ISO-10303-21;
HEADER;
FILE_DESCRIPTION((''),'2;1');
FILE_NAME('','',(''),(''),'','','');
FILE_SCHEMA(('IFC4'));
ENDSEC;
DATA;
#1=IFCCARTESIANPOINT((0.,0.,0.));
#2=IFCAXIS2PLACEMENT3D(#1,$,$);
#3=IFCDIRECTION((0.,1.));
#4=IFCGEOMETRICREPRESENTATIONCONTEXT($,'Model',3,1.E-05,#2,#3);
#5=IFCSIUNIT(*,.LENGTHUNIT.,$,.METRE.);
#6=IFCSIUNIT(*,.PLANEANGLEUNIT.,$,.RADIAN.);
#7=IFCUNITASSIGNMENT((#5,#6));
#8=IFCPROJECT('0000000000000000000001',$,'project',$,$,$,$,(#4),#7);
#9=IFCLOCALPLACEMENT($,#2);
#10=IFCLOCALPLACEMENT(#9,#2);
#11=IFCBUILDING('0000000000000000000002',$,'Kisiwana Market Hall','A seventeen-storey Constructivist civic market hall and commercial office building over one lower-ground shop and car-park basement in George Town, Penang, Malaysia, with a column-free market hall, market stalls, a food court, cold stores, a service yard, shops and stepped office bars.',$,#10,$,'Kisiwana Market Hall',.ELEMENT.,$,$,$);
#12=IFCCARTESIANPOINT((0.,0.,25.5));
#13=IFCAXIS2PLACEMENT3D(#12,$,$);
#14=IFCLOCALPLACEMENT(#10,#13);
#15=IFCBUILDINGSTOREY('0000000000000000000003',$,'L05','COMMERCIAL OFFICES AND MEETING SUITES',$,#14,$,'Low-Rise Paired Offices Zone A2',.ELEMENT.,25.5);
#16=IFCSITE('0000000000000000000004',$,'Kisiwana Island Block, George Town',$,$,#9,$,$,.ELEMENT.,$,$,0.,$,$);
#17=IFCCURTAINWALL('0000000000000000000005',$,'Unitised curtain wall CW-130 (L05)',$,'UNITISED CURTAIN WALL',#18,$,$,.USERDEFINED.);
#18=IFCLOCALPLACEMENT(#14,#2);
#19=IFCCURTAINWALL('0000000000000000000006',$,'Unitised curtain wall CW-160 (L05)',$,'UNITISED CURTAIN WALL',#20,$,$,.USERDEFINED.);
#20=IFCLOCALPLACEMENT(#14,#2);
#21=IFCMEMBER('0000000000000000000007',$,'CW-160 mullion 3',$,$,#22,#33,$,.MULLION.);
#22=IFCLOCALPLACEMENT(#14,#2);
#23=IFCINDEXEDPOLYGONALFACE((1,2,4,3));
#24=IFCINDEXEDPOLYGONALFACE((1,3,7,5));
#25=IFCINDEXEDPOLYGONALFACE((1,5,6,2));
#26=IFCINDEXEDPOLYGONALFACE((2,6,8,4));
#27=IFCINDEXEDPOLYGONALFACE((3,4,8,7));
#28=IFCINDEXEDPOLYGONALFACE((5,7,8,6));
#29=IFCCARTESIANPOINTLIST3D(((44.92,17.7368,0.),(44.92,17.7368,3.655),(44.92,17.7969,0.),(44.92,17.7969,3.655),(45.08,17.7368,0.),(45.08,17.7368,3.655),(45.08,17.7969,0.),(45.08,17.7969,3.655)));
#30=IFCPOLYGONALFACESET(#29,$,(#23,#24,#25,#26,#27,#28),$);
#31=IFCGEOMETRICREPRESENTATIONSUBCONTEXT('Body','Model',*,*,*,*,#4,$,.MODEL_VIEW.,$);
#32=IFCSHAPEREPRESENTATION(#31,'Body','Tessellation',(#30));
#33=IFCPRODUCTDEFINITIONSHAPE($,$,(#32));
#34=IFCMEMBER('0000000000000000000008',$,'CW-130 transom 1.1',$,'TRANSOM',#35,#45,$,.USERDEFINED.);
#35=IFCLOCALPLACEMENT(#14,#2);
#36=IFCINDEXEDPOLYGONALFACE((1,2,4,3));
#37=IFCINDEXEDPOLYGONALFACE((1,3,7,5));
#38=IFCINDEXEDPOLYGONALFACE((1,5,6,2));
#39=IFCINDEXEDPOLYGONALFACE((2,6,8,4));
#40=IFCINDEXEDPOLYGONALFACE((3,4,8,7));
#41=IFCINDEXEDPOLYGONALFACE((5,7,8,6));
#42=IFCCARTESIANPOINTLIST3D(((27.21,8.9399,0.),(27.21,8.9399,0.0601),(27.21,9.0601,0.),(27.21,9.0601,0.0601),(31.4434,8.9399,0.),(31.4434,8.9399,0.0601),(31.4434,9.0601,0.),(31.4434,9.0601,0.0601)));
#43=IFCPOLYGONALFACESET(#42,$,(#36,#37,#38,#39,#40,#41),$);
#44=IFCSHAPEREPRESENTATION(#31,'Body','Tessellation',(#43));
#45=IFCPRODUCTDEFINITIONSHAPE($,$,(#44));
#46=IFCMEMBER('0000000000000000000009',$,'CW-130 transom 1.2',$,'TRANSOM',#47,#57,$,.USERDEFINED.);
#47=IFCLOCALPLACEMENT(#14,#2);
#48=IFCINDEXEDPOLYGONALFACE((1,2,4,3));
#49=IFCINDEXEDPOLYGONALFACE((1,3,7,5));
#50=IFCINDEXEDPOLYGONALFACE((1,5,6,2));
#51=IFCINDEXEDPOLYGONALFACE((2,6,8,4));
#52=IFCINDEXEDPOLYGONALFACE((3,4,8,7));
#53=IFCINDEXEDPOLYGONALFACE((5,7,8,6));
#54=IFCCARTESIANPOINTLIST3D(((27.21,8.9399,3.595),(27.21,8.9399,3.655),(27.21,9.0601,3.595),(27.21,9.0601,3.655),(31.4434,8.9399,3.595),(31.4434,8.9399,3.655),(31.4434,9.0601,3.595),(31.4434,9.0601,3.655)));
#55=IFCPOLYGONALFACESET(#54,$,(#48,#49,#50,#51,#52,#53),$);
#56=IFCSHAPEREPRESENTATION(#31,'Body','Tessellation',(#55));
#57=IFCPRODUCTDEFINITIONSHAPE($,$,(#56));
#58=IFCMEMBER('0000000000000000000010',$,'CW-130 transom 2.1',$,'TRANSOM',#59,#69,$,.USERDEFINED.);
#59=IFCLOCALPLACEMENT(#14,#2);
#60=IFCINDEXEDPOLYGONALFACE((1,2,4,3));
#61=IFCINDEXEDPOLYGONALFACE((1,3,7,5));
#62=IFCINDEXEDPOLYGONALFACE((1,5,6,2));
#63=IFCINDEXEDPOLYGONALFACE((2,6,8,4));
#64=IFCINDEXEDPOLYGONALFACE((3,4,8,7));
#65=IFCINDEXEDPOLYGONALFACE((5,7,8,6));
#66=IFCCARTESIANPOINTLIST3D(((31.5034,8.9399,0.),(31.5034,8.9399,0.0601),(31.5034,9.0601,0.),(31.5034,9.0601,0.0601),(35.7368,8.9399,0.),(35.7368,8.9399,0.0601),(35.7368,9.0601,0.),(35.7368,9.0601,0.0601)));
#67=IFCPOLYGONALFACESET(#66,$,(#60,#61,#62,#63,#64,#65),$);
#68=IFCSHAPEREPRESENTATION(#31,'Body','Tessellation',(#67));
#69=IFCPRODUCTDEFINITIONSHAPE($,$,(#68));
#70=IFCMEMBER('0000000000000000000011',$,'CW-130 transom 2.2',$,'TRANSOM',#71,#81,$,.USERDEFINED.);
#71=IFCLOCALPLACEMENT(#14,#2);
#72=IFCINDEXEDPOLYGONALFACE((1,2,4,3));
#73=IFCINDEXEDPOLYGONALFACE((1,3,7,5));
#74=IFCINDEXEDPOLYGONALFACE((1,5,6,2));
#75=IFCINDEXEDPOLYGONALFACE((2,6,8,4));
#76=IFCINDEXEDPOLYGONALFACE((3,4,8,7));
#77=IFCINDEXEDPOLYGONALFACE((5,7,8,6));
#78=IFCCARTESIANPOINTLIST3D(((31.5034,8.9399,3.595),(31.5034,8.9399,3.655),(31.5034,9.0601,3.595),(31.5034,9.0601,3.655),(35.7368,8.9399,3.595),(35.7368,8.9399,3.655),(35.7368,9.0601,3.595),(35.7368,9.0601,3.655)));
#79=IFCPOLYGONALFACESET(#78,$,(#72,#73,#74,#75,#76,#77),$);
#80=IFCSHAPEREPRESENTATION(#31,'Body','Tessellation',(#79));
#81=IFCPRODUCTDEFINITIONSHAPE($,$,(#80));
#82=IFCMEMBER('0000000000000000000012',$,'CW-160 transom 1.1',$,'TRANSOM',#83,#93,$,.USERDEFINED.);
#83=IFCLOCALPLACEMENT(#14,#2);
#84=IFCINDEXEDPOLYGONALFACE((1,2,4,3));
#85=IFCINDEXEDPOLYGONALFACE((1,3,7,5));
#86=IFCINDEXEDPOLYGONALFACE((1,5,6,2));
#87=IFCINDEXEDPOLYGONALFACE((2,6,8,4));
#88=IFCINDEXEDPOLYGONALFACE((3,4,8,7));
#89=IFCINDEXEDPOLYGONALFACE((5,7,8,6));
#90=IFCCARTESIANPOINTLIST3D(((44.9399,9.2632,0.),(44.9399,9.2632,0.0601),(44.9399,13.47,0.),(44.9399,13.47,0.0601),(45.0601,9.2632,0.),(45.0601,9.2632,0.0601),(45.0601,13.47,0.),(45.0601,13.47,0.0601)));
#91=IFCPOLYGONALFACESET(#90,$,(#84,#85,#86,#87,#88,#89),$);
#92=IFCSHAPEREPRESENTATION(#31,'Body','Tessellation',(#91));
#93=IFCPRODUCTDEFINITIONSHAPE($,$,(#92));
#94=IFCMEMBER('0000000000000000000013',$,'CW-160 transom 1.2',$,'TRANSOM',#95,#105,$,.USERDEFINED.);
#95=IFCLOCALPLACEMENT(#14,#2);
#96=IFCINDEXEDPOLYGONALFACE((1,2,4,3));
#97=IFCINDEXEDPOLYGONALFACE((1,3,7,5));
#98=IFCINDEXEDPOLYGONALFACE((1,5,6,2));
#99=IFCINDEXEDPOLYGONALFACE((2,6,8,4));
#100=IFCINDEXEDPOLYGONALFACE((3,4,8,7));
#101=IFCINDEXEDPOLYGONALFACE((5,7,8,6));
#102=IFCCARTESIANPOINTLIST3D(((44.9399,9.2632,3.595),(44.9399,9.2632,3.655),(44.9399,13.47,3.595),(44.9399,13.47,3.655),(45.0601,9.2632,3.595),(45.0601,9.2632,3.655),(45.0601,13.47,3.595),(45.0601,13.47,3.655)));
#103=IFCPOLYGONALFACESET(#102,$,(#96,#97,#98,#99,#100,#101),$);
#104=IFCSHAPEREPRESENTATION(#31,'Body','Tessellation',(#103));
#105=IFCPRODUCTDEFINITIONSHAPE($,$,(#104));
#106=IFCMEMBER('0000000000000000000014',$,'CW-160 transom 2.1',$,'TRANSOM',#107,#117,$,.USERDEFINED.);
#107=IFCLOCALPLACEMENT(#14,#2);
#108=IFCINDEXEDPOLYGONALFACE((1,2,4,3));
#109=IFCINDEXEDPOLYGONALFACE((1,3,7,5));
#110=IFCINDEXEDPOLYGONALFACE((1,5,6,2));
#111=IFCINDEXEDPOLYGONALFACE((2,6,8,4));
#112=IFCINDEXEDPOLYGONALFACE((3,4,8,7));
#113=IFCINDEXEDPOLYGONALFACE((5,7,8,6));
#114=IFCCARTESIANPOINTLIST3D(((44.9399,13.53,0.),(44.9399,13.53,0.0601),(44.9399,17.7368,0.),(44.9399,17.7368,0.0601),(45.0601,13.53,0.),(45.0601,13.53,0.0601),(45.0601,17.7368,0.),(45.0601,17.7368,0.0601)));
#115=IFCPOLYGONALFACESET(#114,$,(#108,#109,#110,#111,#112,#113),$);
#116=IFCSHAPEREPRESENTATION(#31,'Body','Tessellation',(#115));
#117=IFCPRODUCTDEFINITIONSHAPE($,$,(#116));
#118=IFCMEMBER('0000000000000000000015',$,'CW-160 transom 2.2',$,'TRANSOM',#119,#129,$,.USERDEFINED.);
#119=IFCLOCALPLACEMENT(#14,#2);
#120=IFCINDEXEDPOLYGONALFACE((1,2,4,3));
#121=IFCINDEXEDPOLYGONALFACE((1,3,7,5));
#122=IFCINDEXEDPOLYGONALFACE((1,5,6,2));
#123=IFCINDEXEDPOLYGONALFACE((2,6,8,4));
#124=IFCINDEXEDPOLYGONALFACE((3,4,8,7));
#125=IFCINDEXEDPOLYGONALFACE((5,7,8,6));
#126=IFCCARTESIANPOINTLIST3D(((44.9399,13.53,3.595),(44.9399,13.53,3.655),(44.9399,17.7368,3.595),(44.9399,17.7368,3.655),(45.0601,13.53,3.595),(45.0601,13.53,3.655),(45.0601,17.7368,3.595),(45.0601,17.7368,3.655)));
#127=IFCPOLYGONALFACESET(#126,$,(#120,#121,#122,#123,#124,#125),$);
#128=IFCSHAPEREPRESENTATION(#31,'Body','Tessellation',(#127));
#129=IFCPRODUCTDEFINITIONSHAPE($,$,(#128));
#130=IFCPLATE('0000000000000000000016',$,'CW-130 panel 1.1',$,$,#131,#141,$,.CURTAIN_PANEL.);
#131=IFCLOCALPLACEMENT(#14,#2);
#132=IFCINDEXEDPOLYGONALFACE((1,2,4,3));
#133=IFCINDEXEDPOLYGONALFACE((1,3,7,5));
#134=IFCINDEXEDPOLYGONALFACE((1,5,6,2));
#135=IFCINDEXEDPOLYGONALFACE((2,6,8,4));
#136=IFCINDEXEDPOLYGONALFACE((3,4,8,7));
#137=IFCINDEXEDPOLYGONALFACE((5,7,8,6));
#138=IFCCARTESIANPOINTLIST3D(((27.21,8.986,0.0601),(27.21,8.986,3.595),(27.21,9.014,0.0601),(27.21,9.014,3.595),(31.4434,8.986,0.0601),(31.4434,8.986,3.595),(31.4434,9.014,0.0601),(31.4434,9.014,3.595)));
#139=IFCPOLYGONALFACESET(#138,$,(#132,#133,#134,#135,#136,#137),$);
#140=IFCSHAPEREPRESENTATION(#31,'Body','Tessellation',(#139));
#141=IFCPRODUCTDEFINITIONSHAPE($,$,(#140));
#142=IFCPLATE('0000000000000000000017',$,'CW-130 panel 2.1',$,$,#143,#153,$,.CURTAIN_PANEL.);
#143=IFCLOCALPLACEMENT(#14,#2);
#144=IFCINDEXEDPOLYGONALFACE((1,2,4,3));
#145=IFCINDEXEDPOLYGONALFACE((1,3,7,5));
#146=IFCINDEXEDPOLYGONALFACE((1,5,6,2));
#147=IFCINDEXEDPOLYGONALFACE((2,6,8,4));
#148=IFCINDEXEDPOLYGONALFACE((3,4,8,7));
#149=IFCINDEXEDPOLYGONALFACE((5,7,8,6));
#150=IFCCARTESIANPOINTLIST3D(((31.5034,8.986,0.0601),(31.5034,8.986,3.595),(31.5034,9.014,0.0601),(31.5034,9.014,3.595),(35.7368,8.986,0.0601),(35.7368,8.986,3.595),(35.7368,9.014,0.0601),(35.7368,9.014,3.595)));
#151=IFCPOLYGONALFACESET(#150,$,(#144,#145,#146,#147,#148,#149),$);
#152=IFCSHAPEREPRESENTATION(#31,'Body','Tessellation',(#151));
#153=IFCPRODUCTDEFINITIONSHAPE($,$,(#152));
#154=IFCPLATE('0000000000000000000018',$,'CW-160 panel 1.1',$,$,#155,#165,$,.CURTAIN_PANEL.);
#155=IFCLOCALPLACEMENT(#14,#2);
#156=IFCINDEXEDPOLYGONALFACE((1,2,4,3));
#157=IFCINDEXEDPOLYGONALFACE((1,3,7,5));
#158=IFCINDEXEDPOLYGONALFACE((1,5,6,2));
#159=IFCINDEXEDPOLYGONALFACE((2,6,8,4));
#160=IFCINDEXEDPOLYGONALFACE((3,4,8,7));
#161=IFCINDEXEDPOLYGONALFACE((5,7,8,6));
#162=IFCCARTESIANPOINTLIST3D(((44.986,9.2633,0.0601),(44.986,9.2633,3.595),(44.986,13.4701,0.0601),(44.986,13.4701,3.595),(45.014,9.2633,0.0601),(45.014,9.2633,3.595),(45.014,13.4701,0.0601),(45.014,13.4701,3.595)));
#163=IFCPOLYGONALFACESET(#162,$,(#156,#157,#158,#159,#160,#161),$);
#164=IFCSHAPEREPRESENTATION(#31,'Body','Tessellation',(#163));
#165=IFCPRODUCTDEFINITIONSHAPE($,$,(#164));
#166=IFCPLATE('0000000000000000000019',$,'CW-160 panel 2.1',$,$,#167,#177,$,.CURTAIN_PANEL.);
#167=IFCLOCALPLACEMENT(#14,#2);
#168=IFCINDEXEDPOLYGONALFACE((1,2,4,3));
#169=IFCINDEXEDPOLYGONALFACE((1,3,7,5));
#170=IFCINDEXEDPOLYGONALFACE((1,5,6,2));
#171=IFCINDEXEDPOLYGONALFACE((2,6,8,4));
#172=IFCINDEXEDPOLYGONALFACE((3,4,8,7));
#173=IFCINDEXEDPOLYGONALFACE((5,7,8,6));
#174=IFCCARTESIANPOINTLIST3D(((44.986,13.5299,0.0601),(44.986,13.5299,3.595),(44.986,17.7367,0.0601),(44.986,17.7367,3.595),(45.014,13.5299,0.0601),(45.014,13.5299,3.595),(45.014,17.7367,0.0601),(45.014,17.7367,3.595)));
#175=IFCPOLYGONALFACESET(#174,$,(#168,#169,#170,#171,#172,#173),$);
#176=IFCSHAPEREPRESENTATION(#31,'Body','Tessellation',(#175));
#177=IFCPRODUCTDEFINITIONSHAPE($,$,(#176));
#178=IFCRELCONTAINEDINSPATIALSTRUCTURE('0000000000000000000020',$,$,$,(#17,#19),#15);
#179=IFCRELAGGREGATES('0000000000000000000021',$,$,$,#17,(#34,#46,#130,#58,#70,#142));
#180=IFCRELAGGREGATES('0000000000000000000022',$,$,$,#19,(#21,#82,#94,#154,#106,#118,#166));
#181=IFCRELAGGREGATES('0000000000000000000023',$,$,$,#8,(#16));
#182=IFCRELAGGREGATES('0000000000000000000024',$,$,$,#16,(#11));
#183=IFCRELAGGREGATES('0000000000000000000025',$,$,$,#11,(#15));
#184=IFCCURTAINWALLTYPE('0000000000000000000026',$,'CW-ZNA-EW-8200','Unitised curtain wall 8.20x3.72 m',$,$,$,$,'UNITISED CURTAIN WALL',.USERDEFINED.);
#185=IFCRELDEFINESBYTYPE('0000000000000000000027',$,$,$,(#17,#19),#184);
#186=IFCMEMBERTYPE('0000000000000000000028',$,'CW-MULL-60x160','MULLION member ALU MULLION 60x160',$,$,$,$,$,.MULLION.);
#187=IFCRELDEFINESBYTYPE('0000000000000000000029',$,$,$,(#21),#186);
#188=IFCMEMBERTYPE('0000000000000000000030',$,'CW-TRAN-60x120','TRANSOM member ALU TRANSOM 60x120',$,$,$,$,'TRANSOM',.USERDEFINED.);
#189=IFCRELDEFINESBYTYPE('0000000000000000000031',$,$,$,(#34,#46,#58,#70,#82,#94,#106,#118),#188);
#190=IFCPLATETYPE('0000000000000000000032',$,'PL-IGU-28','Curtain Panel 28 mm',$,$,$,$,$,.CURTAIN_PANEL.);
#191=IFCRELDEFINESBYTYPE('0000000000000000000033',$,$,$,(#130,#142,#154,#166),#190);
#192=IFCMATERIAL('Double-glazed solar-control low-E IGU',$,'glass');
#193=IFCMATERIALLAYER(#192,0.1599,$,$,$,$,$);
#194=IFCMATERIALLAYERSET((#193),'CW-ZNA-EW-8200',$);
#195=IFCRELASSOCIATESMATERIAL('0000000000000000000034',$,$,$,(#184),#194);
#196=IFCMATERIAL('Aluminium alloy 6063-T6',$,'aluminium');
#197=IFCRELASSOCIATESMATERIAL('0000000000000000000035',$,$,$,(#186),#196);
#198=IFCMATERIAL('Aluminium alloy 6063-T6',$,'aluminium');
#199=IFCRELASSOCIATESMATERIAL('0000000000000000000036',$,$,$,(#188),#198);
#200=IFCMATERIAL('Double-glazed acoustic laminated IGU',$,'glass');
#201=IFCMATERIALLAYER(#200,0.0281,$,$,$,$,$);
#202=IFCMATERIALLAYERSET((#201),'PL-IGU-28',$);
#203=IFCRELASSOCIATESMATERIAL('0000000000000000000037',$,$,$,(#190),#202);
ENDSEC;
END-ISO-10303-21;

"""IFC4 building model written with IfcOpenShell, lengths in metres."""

from ifc_helpers import new_model, si_unit, direction, frame, origin, origin_2d, place, context, subcontext, project, spatial, rectangle, extrude, material, layer, layer_set, material_profile, profile_set, type_object, element, aggregate, save


model = new_model("IFC4")

# Units and contexts
model_context = context("Model", 3, precision=1e-05, world=origin(), true_north=direction((0.0, 1.0)))
body_context = subcontext(model_context, "Body", "Model", "MODEL_VIEW")
ifc_project = project(units=[si_unit("LENGTHUNIT", "METRE"), si_unit("PLANEANGLEUNIT", "RADIAN")], contexts=[model_context])

# Site, building, storey
site_placement = place(None, origin())
site = spatial("IfcSite", under=ifc_project, at=site_placement, Name="Kisiwana Island Block, George Town", CompositionType="ELEMENT", RefElevation=0.0)
building_placement = place(site_placement, origin())
building = spatial("IfcBuilding", under=site, at=building_placement, Name="Kisiwana Market Hall", Description="A seventeen-storey Constructivist civic market hall and commercial office building over one lower-ground shop and car-park basement in George Town, Penang, Malaysia, with a column-free market hall, market stalls, a food court, cold stores, a service yard, shops and stepped office bars.", LongName="Kisiwana Market Hall", CompositionType="ELEMENT")
storey_placement = place(building_placement, frame((0.0, 0.0, 25.5)))
storey = spatial("IfcBuildingStorey", under=building, at=storey_placement, Name="L05", Description="COMMERCIAL OFFICES AND MEETING SUITES", LongName="Low-Rise Paired Offices Zone A2", CompositionType="ELEMENT", Elevation=25.5)

# Curtain walls, member
ifc_material_1 = material(Name="Double-glazed solar-control low-E IGU", Category="glass")
ifc_layer_1 = layer(ifc_material_1, 0.1599)
ifc_layer_set_1 = layer_set([ifc_layer_1], Name="CW-ZNA-EW-8200")
curtain_wall_type = type_object("IfcCurtainWallType", Name="CW-ZNA-EW-8200", Description="Unitised curtain wall 8.20x3.72 m", ElementType="UNITISED CURTAIN WALL", PredefinedType="USERDEFINED", material=ifc_layer_set_1)
curtain_wall_1_placement = place(storey_placement, origin())
curtain_wall_1 = element("IfcCurtainWall", 1, at=curtain_wall_1_placement, inside=storey, type_object=curtain_wall_type, Name="Unitised curtain wall CW-130 (L05)", ObjectType="UNITISED CURTAIN WALL", PredefinedType="USERDEFINED")
ifc_material_2 = material(Name="Aluminium alloy 6063-T6", Category="aluminium")
ifc_material_profile_1 = material_profile(ifc_material_2, rectangle(XDim=0.0601, YDim=0.1599, at=origin_2d()), Name="ALU MULLION 60x160")
ifc_profile_set_1 = profile_set([ifc_material_profile_1], Name="Aluminium alloy 6063-T6")
member_type_1 = type_object("IfcMemberType", Name="CW-MULL-60x160", Description="MULLION member ALU MULLION 60x160", PredefinedType="MULLION", material=ifc_profile_set_1)
curtain_wall_2_placement = place(storey_placement, origin())
curtain_wall_2 = element("IfcCurtainWall", 2, at=curtain_wall_2_placement, inside=storey, type_object=curtain_wall_type, Name="Unitised curtain wall CW-160 (L05)", ObjectType="UNITISED CURTAIN WALL", PredefinedType="USERDEFINED")
member_1_placement = place(storey_placement, frame((45.0, 17.7668, 0.0), z_axis=(0.0, 0.0, 1.0), x_axis=(0.0, 1.0, 0.0)))
member_1 = element("IfcMember", 3, at=member_1_placement, type_object=member_type_1, Name="CW-160 mullion 3", PredefinedType="MULLION", context=body_context, shape_type="SweptSolid", body=[
    extrude(rectangle(XDim=0.0601, YDim=0.1599, at=origin_2d()), origin(), (0.0, 0.0, 1.0), 3.655),
])

# Members
ifc_material_3 = material(Name="Aluminium alloy 6063-T6", Category="aluminium")
ifc_material_profile_2 = material_profile(ifc_material_3, rectangle(XDim=0.1201, YDim=0.0601, at=origin_2d()), Name="ALU TRANSOM 60x120")
ifc_profile_set_2 = profile_set([ifc_material_profile_2], Name="Aluminium alloy 6063-T6")
member_type_2 = type_object("IfcMemberType", Name="CW-TRAN-60x120", Description="TRANSOM member ALU TRANSOM 60x120", ElementType="TRANSOM", PredefinedType="USERDEFINED", material=ifc_profile_set_2)
member_2_placement = place(storey_placement, frame((27.21, 9.0, 0.03), z_axis=(1.0, 0.0, 0.0), x_axis=(0.0, 1.0, 0.0)))
member_2 = element("IfcMember", 4, at=member_2_placement, type_object=member_type_2, Name="CW-130 transom 1.1", ObjectType="TRANSOM", PredefinedType="USERDEFINED", context=body_context, shape_type="SweptSolid", body=[
    extrude(rectangle(XDim=0.1201, YDim=0.0601, at=origin_2d()), origin(), (0.0, 0.0, 1.0), 4.2334),
])
member_3_placement = place(storey_placement, frame((27.21, 9.0, 3.625), z_axis=(1.0, 0.0, 0.0), x_axis=(0.0, 1.0, 0.0)))
member_3 = element("IfcMember", 5, at=member_3_placement, type_object=member_type_2, Name="CW-130 transom 1.2", ObjectType="TRANSOM", PredefinedType="USERDEFINED", context=body_context, shape_type="SweptSolid", body=[
    extrude(rectangle(XDim=0.1201, YDim=0.0601, at=origin_2d()), origin(), (0.0, 0.0, 1.0), 4.2334),
])
member_4_placement = place(storey_placement, frame((31.5034, 9.0, 0.03), z_axis=(1.0, 0.0, 0.0), x_axis=(0.0, 1.0, 0.0)))
member_4 = element("IfcMember", 6, at=member_4_placement, type_object=member_type_2, Name="CW-130 transom 2.1", ObjectType="TRANSOM", PredefinedType="USERDEFINED", context=body_context, shape_type="SweptSolid", body=[
    extrude(rectangle(XDim=0.1201, YDim=0.0601, at=origin_2d()), origin(), (0.0, 0.0, 1.0), 4.2334),
])
member_5_placement = place(storey_placement, frame((31.5034, 9.0, 3.625), z_axis=(1.0, 0.0, 0.0), x_axis=(0.0, 1.0, 0.0)))
member_5 = element("IfcMember", 7, at=member_5_placement, type_object=member_type_2, Name="CW-130 transom 2.2", ObjectType="TRANSOM", PredefinedType="USERDEFINED", context=body_context, shape_type="SweptSolid", body=[
    extrude(rectangle(XDim=0.1201, YDim=0.0601, at=origin_2d()), origin(), (0.0, 0.0, 1.0), 4.2334),
])
member_6_placement = place(storey_placement, frame((45.0, 9.2632, 0.03), z_axis=(0.0, 1.0, 0.0), x_axis=(-1.0, 0.0, 0.0)))
member_6 = element("IfcMember", 8, at=member_6_placement, type_object=member_type_2, Name="CW-160 transom 1.1", ObjectType="TRANSOM", PredefinedType="USERDEFINED", context=body_context, shape_type="SweptSolid", body=[
    extrude(rectangle(XDim=0.1201, YDim=0.0601, at=origin_2d()), origin(), (0.0, 0.0, 1.0), 4.2068),
])
member_7_placement = place(storey_placement, frame((45.0, 9.2632, 3.625), z_axis=(0.0, 1.0, 0.0), x_axis=(-1.0, 0.0, 0.0)))
member_7 = element("IfcMember", 9, at=member_7_placement, type_object=member_type_2, Name="CW-160 transom 1.2", ObjectType="TRANSOM", PredefinedType="USERDEFINED", context=body_context, shape_type="SweptSolid", body=[
    extrude(rectangle(XDim=0.1201, YDim=0.0601, at=origin_2d()), origin(), (0.0, 0.0, 1.0), 4.2068),
])
member_8_placement = place(storey_placement, frame((45.0, 13.53, 0.03), z_axis=(0.0, 1.0, 0.0), x_axis=(-1.0, 0.0, 0.0)))
member_8 = element("IfcMember", 10, at=member_8_placement, type_object=member_type_2, Name="CW-160 transom 2.1", ObjectType="TRANSOM", PredefinedType="USERDEFINED", context=body_context, shape_type="SweptSolid", body=[
    extrude(rectangle(XDim=0.1201, YDim=0.0601, at=origin_2d()), origin(), (0.0, 0.0, 1.0), 4.2068),
])
member_9_placement = place(storey_placement, frame((45.0, 13.53, 3.625), z_axis=(0.0, 1.0, 0.0), x_axis=(-1.0, 0.0, 0.0)))
member_9 = element("IfcMember", 11, at=member_9_placement, type_object=member_type_2, Name="CW-160 transom 2.2", ObjectType="TRANSOM", PredefinedType="USERDEFINED", context=body_context, shape_type="SweptSolid", body=[
    extrude(rectangle(XDim=0.1201, YDim=0.0601, at=origin_2d()), origin(), (0.0, 0.0, 1.0), 4.2068),
])

# Plates
ifc_material_4 = material(Name="Double-glazed acoustic laminated IGU", Category="glass")
ifc_layer_2 = layer(ifc_material_4, 0.0281)
ifc_layer_set_2 = layer_set([ifc_layer_2], Name="PL-IGU-28")
plate_type = type_object("IfcPlateType", Name="PL-IGU-28", Description="Curtain Panel 28 mm", PredefinedType="CURTAIN_PANEL", material=ifc_layer_set_2)
plate_1_placement = place(storey_placement, frame((29.3267, 9.0, 0.0601), z_axis=(0.0, 0.0, 1.0), x_axis=(1.0, 0.0, 0.0)))
plate_1 = element("IfcPlate", 12, at=plate_1_placement, type_object=plate_type, Name="CW-130 panel 1.1", PredefinedType="CURTAIN_PANEL", context=body_context, shape_type="SweptSolid", body=[
    extrude(rectangle(XDim=4.2334, YDim=0.0281, at=origin_2d()), origin(), (0.0, 0.0, 1.0), 3.5349),
])
plate_2_placement = place(storey_placement, frame((33.6201, 9.0, 0.0601), z_axis=(0.0, 0.0, 1.0), x_axis=(1.0, 0.0, 0.0)))
plate_2 = element("IfcPlate", 13, at=plate_2_placement, type_object=plate_type, Name="CW-130 panel 2.1", PredefinedType="CURTAIN_PANEL", context=body_context, shape_type="SweptSolid", body=[
    extrude(rectangle(XDim=4.2334, YDim=0.0281, at=origin_2d()), origin(), (0.0, 0.0, 1.0), 3.5349),
])
aggregate(curtain_wall_1, [member_2, member_3, plate_1, member_4, member_5, plate_2])
plate_3_placement = place(storey_placement, frame((45.0, 11.3667, 0.0601), z_axis=(0.0, 0.0, 1.0), x_axis=(0.0, 1.0, 0.0)))
plate_3 = element("IfcPlate", 14, at=plate_3_placement, type_object=plate_type, Name="CW-160 panel 1.1", PredefinedType="CURTAIN_PANEL", context=body_context, shape_type="SweptSolid", body=[
    extrude(rectangle(XDim=4.2068, YDim=0.0281, at=origin_2d()), origin(), (0.0, 0.0, 1.0), 3.5349),
])
plate_4_placement = place(storey_placement, frame((45.0, 15.6333, 0.0601), z_axis=(0.0, 0.0, 1.0), x_axis=(0.0, 1.0, 0.0)))
plate_4 = element("IfcPlate", 15, at=plate_4_placement, type_object=plate_type, Name="CW-160 panel 2.1", PredefinedType="CURTAIN_PANEL", context=body_context, shape_type="SweptSolid", body=[
    extrude(rectangle(XDim=4.2068, YDim=0.0281, at=origin_2d()), origin(), (0.0, 0.0, 1.0), 3.5349),
])
aggregate(curtain_wall_2, [member_1, member_6, member_7, plate_3, member_8, member_9, plate_4])

save(model, "model.ifc")
